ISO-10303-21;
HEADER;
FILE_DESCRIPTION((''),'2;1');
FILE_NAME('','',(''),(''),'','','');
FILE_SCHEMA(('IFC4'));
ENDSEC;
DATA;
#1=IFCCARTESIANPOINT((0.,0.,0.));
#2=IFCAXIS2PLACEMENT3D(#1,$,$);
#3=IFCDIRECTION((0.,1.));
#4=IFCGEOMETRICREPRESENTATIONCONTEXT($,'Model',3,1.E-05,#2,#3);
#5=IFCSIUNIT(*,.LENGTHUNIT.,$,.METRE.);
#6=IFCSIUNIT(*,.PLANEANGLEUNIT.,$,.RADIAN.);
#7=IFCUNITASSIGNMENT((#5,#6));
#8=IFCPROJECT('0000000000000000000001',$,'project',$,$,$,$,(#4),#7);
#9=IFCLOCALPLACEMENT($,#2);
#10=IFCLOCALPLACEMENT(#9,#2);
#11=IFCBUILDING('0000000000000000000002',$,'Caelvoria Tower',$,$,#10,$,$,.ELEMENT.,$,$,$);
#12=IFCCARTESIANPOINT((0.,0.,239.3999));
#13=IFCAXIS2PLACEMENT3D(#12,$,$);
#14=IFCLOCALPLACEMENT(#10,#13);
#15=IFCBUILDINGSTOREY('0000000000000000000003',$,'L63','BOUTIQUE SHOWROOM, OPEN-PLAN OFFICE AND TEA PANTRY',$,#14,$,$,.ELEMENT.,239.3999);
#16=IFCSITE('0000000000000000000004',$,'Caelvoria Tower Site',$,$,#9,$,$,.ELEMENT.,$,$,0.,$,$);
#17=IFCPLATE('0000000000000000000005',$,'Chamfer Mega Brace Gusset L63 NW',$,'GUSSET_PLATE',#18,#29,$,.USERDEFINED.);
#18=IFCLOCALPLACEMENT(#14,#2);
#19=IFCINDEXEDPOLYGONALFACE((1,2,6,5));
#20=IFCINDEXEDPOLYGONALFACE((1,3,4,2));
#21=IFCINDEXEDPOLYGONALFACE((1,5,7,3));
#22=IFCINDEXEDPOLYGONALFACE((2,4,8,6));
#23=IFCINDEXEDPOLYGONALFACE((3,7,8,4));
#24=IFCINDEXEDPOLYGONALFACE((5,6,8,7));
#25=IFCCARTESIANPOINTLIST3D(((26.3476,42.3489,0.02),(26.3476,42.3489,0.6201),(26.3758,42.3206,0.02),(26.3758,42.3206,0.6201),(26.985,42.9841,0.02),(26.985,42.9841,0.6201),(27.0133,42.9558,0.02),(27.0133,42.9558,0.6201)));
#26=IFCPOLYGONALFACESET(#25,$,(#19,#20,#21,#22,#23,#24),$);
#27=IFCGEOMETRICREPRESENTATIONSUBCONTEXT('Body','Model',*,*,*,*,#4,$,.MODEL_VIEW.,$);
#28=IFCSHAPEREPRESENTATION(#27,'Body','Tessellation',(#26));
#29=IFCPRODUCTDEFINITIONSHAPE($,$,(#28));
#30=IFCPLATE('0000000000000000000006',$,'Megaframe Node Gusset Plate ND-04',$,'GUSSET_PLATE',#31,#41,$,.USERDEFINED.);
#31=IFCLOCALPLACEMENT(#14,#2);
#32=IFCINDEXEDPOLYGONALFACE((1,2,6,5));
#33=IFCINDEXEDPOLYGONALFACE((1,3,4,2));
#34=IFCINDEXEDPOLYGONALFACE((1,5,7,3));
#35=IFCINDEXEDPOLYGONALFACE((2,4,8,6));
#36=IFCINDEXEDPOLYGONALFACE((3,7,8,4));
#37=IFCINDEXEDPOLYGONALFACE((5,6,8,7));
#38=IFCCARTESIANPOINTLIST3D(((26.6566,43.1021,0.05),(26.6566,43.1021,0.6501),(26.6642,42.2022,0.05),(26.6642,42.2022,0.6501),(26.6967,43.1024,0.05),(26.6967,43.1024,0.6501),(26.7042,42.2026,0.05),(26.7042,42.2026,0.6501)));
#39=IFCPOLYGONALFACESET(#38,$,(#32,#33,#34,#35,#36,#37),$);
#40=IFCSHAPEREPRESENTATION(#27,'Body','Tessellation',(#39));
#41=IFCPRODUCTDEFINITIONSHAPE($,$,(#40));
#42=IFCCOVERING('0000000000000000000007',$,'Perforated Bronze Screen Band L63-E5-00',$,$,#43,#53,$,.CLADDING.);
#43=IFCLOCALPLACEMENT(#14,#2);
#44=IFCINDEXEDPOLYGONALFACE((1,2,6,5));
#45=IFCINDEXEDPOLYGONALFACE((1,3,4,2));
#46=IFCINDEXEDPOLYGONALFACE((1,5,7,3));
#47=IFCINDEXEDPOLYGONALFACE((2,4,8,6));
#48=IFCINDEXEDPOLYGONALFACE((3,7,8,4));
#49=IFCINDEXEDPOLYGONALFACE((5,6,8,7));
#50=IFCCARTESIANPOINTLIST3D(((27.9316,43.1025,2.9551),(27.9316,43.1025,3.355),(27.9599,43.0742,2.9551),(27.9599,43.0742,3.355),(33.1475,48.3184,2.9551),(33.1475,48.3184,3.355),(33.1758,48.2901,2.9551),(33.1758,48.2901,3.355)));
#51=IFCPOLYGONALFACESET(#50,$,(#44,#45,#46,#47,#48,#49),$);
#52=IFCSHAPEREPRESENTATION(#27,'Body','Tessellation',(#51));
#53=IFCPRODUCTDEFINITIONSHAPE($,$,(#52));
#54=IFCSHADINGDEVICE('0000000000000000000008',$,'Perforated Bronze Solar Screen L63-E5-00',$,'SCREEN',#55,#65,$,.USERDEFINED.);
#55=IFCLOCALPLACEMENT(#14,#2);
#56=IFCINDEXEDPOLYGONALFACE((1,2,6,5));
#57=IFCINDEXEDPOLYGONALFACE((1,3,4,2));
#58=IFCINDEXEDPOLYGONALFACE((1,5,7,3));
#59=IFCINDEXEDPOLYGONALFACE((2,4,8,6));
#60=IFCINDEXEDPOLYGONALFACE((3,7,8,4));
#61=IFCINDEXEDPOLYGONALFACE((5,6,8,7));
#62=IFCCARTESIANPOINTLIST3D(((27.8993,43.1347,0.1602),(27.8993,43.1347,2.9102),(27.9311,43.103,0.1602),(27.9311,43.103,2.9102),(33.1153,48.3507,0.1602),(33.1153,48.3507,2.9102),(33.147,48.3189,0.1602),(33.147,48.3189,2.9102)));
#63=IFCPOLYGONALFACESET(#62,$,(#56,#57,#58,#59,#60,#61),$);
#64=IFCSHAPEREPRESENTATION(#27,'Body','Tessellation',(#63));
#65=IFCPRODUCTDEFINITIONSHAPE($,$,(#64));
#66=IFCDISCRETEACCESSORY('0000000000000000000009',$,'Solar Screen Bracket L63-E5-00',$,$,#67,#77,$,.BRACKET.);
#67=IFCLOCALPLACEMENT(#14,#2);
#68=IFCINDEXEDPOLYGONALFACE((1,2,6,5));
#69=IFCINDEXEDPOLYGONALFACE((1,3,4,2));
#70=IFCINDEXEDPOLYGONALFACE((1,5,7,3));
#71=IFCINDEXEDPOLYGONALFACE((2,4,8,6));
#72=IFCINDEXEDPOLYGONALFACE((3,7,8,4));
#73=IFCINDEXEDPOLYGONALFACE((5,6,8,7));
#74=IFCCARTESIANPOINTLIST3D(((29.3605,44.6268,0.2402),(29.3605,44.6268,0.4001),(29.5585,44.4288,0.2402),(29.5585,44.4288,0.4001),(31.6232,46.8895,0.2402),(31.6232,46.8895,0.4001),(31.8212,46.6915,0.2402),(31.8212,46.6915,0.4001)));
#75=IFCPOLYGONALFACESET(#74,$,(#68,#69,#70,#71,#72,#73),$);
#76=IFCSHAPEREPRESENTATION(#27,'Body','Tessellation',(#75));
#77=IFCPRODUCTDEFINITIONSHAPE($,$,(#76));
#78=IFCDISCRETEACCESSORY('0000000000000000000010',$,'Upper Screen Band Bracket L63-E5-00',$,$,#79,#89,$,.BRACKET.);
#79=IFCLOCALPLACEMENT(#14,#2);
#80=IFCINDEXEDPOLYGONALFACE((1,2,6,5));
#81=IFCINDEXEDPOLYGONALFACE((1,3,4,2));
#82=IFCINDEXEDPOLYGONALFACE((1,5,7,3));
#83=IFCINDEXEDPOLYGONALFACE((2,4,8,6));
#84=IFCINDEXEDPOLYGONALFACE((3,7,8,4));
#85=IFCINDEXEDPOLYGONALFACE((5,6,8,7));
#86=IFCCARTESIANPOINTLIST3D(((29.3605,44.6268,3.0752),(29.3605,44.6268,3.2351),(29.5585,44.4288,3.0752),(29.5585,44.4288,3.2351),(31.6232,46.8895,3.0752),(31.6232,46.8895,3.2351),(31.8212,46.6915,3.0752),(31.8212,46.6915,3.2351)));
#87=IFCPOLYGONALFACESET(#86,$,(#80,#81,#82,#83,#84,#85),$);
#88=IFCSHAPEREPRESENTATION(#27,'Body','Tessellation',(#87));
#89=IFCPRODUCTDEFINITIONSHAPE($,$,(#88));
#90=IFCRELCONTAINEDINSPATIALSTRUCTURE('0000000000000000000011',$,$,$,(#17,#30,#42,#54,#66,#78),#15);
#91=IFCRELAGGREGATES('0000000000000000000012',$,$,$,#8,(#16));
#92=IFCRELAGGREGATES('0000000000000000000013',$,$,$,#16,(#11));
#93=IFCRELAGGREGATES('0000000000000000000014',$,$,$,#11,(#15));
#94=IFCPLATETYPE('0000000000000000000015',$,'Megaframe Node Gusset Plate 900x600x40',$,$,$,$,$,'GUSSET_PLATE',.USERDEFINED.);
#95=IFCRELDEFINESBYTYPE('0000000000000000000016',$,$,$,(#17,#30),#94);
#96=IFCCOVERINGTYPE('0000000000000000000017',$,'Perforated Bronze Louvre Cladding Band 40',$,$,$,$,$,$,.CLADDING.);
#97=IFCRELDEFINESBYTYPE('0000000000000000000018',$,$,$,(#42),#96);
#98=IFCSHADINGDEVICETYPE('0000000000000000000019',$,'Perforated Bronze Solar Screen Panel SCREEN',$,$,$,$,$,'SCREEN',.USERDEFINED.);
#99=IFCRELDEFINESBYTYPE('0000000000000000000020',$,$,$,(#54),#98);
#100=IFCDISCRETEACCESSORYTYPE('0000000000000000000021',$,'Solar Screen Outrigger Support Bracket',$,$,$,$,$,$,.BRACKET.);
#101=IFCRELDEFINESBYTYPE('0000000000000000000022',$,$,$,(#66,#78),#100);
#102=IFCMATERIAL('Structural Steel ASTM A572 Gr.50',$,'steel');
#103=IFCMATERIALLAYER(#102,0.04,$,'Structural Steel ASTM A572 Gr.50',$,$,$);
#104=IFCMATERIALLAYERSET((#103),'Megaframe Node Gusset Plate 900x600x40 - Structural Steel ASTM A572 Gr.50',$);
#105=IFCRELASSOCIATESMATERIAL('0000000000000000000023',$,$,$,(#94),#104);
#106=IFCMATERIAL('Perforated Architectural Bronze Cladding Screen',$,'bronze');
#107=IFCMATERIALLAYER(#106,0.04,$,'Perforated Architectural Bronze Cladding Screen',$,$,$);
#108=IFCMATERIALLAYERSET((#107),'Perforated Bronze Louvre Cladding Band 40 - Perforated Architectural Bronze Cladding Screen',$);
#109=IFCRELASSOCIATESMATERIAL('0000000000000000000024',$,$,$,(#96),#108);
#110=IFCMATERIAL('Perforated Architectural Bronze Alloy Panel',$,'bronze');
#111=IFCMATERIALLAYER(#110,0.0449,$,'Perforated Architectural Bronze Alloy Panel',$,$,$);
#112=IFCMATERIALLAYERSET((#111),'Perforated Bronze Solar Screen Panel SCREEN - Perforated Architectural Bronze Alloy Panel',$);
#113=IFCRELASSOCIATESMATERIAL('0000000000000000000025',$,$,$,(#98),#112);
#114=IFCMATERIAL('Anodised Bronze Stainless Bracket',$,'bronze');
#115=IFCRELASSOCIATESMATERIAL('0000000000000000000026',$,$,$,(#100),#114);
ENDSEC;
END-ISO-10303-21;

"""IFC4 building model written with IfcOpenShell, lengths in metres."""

from ifc_helpers import new_model, si_unit, direction, frame, origin, origin_2d, place, context, subcontext, project, spatial, rectangle, extrude, material, layer, layer_set, type_object, element, save


model = new_model("IFC4")

# Units and contexts
model_context = context("Model", 3, precision=1e-05, world=origin(), true_north=direction((0.0, 1.0)))
body_context = subcontext(model_context, "Body", "Model", "MODEL_VIEW")
ifc_project = project(units=[si_unit("LENGTHUNIT", "METRE"), si_unit("PLANEANGLEUNIT", "RADIAN")], contexts=[model_context])

# Site, building, storey
site_placement = place(None, origin())
site = spatial("IfcSite", under=ifc_project, at=site_placement, Name="Caelvoria Tower Site", CompositionType="ELEMENT", RefElevation=0.0)
building_placement = place(site_placement, origin())
building = spatial("IfcBuilding", under=site, at=building_placement, Name="Caelvoria Tower", CompositionType="ELEMENT")
storey_placement = place(building_placement, frame((0.0, 0.0, 239.3999)))
storey = spatial("IfcBuildingStorey", under=building, at=storey_placement, Name="L63", Description="BOUTIQUE SHOWROOM, OPEN-PLAN OFFICE AND TEA PANTRY", CompositionType="ELEMENT", Elevation=239.3999)

# Shared definitions
ifc_material_1 = material(Name="Structural Steel ASTM A572 Gr.50", Category="steel")

# Plates
ifc_layer_1 = layer(ifc_material_1, 0.04, Name="Structural Steel ASTM A572 Gr.50")
ifc_layer_set_1 = layer_set([ifc_layer_1], Name="Megaframe Node Gusset Plate 900x600x40 - Structural Steel ASTM A572 Gr.50")
plate_type_1 = type_object("IfcPlateType", Name="Megaframe Node Gusset Plate 900x600x40", ElementType="GUSSET_PLATE", PredefinedType="USERDEFINED", material=ifc_layer_set_1)
for number, where, z_axis, x_axis, name in (
    (1, (26.6804, 42.6523, 0.02), (0.0, 0.0, 1.0), (0.708358, 0.705853, 0.0), "Chamfer Mega Brace Gusset L63 NW"),
    (2, (26.6804, 42.6523, 0.05), (0.0, 0.0, 1.0), (0.008402, -0.999965, 0.0), "Megaframe Node Gusset Plate ND-04"),
):
    element("IfcPlate", number, at=place(storey_placement, frame(where, z_axis=z_axis, x_axis=x_axis)), inside=storey, type_object=plate_type_1, Name=name, ObjectType="GUSSET_PLATE", PredefinedType="USERDEFINED", context=body_context, shape_type="SweptSolid", body=[
        extrude(rectangle(XDim=0.8999, YDim=0.04, at=origin_2d()), origin(), (0.0, 0.0, 1.0), 0.6001),
    ])

# Covering
ifc_material_2 = material(Name="Perforated Architectural Bronze Cladding Screen", Category="bronze")
ifc_layer_2 = layer(ifc_material_2, 0.04, Name="Perforated Architectural Bronze Cladding Screen")
ifc_layer_set_2 = layer_set([ifc_layer_2], Name="Perforated Bronze Louvre Cladding Band 40 - Perforated Architectural Bronze Cladding Screen")
covering_type = type_object("IfcCoveringType", Name="Perforated Bronze Louvre Cladding Band 40", PredefinedType="CLADDING", material=ifc_layer_set_2)
covering_placement = place(storey_placement, frame((30.5537, 45.6963, 2.9551), z_axis=(0.0, 0.0, 1.0), x_axis=(-0.707107, -0.707107, 0.0)))
element("IfcCovering", 3, at=covering_placement, inside=storey, type_object=covering_type, Name="Perforated Bronze Screen Band L63-E5-00", PredefinedType="CLADDING", context=body_context, shape_type="SweptSolid", body=[
    extrude(rectangle(XDim=7.3765, YDim=0.04, at=origin_2d()), origin(), (0.0, 0.0, 1.0), 0.3999),
])

# Shading device
ifc_material_3 = material(Name="Perforated Architectural Bronze Alloy Panel", Category="bronze")
ifc_layer_3 = layer(ifc_material_3, 0.0449, Name="Perforated Architectural Bronze Alloy Panel")
ifc_layer_set_3 = layer_set([ifc_layer_3], Name="Perforated Bronze Solar Screen Panel SCREEN - Perforated Architectural Bronze Alloy Panel")
shading_device_type = type_object("IfcShadingDeviceType", Name="Perforated Bronze Solar Screen Panel SCREEN", ElementType="SCREEN", PredefinedType="USERDEFINED", material=ifc_layer_set_3)
shading_device_placement = place(storey_placement, frame((30.5232, 45.7268, 0.1602), z_axis=(0.0, 0.0, 1.0), x_axis=(-0.707107, -0.707107, 0.0)))
element("IfcShadingDevice", 4, at=shading_device_placement, inside=storey, type_object=shading_device_type, Name="Perforated Bronze Solar Screen L63-E5-00", ObjectType="SCREEN", PredefinedType="USERDEFINED", context=body_context, shape_type="SweptSolid", body=[
    extrude(rectangle(XDim=7.3765, YDim=0.0449, at=origin_2d()), origin(), (0.0, 0.0, 1.0), 2.75),
])

# Discrete accessories
ifc_material_4 = material(Name="Anodised Bronze Stainless Bracket", Category="bronze")
discrete_accessory_type = type_object("IfcDiscreteAccessoryType", Name="Solar Screen Outrigger Support Bracket", PredefinedType="BRACKET", material=ifc_material_4)
for number, where, z_axis, x_axis, name in (
    (5, (30.5908, 45.6592, 0.2402), (0.0, 0.0, 1.0), (-0.707107, -0.707107, 0.0), "Solar Screen Bracket L63-E5-00"),
    (6, (30.5908, 45.6592, 3.0752), (0.0, 0.0, 1.0), (-0.707107, -0.707107, 0.0), "Upper Screen Band Bracket L63-E5-00"),
):
    element("IfcDiscreteAccessory", number, at=place(storey_placement, frame(where, z_axis=z_axis, x_axis=x_axis)), inside=storey, type_object=discrete_accessory_type, Name=name, PredefinedType="BRACKET", context=body_context, shape_type="SweptSolid", body=[
        extrude(rectangle(XDim=3.2, YDim=0.28, at=origin_2d()), origin(), (0.0, 0.0, 1.0), 0.1599),
    ])

save(model, "model.ifc")
